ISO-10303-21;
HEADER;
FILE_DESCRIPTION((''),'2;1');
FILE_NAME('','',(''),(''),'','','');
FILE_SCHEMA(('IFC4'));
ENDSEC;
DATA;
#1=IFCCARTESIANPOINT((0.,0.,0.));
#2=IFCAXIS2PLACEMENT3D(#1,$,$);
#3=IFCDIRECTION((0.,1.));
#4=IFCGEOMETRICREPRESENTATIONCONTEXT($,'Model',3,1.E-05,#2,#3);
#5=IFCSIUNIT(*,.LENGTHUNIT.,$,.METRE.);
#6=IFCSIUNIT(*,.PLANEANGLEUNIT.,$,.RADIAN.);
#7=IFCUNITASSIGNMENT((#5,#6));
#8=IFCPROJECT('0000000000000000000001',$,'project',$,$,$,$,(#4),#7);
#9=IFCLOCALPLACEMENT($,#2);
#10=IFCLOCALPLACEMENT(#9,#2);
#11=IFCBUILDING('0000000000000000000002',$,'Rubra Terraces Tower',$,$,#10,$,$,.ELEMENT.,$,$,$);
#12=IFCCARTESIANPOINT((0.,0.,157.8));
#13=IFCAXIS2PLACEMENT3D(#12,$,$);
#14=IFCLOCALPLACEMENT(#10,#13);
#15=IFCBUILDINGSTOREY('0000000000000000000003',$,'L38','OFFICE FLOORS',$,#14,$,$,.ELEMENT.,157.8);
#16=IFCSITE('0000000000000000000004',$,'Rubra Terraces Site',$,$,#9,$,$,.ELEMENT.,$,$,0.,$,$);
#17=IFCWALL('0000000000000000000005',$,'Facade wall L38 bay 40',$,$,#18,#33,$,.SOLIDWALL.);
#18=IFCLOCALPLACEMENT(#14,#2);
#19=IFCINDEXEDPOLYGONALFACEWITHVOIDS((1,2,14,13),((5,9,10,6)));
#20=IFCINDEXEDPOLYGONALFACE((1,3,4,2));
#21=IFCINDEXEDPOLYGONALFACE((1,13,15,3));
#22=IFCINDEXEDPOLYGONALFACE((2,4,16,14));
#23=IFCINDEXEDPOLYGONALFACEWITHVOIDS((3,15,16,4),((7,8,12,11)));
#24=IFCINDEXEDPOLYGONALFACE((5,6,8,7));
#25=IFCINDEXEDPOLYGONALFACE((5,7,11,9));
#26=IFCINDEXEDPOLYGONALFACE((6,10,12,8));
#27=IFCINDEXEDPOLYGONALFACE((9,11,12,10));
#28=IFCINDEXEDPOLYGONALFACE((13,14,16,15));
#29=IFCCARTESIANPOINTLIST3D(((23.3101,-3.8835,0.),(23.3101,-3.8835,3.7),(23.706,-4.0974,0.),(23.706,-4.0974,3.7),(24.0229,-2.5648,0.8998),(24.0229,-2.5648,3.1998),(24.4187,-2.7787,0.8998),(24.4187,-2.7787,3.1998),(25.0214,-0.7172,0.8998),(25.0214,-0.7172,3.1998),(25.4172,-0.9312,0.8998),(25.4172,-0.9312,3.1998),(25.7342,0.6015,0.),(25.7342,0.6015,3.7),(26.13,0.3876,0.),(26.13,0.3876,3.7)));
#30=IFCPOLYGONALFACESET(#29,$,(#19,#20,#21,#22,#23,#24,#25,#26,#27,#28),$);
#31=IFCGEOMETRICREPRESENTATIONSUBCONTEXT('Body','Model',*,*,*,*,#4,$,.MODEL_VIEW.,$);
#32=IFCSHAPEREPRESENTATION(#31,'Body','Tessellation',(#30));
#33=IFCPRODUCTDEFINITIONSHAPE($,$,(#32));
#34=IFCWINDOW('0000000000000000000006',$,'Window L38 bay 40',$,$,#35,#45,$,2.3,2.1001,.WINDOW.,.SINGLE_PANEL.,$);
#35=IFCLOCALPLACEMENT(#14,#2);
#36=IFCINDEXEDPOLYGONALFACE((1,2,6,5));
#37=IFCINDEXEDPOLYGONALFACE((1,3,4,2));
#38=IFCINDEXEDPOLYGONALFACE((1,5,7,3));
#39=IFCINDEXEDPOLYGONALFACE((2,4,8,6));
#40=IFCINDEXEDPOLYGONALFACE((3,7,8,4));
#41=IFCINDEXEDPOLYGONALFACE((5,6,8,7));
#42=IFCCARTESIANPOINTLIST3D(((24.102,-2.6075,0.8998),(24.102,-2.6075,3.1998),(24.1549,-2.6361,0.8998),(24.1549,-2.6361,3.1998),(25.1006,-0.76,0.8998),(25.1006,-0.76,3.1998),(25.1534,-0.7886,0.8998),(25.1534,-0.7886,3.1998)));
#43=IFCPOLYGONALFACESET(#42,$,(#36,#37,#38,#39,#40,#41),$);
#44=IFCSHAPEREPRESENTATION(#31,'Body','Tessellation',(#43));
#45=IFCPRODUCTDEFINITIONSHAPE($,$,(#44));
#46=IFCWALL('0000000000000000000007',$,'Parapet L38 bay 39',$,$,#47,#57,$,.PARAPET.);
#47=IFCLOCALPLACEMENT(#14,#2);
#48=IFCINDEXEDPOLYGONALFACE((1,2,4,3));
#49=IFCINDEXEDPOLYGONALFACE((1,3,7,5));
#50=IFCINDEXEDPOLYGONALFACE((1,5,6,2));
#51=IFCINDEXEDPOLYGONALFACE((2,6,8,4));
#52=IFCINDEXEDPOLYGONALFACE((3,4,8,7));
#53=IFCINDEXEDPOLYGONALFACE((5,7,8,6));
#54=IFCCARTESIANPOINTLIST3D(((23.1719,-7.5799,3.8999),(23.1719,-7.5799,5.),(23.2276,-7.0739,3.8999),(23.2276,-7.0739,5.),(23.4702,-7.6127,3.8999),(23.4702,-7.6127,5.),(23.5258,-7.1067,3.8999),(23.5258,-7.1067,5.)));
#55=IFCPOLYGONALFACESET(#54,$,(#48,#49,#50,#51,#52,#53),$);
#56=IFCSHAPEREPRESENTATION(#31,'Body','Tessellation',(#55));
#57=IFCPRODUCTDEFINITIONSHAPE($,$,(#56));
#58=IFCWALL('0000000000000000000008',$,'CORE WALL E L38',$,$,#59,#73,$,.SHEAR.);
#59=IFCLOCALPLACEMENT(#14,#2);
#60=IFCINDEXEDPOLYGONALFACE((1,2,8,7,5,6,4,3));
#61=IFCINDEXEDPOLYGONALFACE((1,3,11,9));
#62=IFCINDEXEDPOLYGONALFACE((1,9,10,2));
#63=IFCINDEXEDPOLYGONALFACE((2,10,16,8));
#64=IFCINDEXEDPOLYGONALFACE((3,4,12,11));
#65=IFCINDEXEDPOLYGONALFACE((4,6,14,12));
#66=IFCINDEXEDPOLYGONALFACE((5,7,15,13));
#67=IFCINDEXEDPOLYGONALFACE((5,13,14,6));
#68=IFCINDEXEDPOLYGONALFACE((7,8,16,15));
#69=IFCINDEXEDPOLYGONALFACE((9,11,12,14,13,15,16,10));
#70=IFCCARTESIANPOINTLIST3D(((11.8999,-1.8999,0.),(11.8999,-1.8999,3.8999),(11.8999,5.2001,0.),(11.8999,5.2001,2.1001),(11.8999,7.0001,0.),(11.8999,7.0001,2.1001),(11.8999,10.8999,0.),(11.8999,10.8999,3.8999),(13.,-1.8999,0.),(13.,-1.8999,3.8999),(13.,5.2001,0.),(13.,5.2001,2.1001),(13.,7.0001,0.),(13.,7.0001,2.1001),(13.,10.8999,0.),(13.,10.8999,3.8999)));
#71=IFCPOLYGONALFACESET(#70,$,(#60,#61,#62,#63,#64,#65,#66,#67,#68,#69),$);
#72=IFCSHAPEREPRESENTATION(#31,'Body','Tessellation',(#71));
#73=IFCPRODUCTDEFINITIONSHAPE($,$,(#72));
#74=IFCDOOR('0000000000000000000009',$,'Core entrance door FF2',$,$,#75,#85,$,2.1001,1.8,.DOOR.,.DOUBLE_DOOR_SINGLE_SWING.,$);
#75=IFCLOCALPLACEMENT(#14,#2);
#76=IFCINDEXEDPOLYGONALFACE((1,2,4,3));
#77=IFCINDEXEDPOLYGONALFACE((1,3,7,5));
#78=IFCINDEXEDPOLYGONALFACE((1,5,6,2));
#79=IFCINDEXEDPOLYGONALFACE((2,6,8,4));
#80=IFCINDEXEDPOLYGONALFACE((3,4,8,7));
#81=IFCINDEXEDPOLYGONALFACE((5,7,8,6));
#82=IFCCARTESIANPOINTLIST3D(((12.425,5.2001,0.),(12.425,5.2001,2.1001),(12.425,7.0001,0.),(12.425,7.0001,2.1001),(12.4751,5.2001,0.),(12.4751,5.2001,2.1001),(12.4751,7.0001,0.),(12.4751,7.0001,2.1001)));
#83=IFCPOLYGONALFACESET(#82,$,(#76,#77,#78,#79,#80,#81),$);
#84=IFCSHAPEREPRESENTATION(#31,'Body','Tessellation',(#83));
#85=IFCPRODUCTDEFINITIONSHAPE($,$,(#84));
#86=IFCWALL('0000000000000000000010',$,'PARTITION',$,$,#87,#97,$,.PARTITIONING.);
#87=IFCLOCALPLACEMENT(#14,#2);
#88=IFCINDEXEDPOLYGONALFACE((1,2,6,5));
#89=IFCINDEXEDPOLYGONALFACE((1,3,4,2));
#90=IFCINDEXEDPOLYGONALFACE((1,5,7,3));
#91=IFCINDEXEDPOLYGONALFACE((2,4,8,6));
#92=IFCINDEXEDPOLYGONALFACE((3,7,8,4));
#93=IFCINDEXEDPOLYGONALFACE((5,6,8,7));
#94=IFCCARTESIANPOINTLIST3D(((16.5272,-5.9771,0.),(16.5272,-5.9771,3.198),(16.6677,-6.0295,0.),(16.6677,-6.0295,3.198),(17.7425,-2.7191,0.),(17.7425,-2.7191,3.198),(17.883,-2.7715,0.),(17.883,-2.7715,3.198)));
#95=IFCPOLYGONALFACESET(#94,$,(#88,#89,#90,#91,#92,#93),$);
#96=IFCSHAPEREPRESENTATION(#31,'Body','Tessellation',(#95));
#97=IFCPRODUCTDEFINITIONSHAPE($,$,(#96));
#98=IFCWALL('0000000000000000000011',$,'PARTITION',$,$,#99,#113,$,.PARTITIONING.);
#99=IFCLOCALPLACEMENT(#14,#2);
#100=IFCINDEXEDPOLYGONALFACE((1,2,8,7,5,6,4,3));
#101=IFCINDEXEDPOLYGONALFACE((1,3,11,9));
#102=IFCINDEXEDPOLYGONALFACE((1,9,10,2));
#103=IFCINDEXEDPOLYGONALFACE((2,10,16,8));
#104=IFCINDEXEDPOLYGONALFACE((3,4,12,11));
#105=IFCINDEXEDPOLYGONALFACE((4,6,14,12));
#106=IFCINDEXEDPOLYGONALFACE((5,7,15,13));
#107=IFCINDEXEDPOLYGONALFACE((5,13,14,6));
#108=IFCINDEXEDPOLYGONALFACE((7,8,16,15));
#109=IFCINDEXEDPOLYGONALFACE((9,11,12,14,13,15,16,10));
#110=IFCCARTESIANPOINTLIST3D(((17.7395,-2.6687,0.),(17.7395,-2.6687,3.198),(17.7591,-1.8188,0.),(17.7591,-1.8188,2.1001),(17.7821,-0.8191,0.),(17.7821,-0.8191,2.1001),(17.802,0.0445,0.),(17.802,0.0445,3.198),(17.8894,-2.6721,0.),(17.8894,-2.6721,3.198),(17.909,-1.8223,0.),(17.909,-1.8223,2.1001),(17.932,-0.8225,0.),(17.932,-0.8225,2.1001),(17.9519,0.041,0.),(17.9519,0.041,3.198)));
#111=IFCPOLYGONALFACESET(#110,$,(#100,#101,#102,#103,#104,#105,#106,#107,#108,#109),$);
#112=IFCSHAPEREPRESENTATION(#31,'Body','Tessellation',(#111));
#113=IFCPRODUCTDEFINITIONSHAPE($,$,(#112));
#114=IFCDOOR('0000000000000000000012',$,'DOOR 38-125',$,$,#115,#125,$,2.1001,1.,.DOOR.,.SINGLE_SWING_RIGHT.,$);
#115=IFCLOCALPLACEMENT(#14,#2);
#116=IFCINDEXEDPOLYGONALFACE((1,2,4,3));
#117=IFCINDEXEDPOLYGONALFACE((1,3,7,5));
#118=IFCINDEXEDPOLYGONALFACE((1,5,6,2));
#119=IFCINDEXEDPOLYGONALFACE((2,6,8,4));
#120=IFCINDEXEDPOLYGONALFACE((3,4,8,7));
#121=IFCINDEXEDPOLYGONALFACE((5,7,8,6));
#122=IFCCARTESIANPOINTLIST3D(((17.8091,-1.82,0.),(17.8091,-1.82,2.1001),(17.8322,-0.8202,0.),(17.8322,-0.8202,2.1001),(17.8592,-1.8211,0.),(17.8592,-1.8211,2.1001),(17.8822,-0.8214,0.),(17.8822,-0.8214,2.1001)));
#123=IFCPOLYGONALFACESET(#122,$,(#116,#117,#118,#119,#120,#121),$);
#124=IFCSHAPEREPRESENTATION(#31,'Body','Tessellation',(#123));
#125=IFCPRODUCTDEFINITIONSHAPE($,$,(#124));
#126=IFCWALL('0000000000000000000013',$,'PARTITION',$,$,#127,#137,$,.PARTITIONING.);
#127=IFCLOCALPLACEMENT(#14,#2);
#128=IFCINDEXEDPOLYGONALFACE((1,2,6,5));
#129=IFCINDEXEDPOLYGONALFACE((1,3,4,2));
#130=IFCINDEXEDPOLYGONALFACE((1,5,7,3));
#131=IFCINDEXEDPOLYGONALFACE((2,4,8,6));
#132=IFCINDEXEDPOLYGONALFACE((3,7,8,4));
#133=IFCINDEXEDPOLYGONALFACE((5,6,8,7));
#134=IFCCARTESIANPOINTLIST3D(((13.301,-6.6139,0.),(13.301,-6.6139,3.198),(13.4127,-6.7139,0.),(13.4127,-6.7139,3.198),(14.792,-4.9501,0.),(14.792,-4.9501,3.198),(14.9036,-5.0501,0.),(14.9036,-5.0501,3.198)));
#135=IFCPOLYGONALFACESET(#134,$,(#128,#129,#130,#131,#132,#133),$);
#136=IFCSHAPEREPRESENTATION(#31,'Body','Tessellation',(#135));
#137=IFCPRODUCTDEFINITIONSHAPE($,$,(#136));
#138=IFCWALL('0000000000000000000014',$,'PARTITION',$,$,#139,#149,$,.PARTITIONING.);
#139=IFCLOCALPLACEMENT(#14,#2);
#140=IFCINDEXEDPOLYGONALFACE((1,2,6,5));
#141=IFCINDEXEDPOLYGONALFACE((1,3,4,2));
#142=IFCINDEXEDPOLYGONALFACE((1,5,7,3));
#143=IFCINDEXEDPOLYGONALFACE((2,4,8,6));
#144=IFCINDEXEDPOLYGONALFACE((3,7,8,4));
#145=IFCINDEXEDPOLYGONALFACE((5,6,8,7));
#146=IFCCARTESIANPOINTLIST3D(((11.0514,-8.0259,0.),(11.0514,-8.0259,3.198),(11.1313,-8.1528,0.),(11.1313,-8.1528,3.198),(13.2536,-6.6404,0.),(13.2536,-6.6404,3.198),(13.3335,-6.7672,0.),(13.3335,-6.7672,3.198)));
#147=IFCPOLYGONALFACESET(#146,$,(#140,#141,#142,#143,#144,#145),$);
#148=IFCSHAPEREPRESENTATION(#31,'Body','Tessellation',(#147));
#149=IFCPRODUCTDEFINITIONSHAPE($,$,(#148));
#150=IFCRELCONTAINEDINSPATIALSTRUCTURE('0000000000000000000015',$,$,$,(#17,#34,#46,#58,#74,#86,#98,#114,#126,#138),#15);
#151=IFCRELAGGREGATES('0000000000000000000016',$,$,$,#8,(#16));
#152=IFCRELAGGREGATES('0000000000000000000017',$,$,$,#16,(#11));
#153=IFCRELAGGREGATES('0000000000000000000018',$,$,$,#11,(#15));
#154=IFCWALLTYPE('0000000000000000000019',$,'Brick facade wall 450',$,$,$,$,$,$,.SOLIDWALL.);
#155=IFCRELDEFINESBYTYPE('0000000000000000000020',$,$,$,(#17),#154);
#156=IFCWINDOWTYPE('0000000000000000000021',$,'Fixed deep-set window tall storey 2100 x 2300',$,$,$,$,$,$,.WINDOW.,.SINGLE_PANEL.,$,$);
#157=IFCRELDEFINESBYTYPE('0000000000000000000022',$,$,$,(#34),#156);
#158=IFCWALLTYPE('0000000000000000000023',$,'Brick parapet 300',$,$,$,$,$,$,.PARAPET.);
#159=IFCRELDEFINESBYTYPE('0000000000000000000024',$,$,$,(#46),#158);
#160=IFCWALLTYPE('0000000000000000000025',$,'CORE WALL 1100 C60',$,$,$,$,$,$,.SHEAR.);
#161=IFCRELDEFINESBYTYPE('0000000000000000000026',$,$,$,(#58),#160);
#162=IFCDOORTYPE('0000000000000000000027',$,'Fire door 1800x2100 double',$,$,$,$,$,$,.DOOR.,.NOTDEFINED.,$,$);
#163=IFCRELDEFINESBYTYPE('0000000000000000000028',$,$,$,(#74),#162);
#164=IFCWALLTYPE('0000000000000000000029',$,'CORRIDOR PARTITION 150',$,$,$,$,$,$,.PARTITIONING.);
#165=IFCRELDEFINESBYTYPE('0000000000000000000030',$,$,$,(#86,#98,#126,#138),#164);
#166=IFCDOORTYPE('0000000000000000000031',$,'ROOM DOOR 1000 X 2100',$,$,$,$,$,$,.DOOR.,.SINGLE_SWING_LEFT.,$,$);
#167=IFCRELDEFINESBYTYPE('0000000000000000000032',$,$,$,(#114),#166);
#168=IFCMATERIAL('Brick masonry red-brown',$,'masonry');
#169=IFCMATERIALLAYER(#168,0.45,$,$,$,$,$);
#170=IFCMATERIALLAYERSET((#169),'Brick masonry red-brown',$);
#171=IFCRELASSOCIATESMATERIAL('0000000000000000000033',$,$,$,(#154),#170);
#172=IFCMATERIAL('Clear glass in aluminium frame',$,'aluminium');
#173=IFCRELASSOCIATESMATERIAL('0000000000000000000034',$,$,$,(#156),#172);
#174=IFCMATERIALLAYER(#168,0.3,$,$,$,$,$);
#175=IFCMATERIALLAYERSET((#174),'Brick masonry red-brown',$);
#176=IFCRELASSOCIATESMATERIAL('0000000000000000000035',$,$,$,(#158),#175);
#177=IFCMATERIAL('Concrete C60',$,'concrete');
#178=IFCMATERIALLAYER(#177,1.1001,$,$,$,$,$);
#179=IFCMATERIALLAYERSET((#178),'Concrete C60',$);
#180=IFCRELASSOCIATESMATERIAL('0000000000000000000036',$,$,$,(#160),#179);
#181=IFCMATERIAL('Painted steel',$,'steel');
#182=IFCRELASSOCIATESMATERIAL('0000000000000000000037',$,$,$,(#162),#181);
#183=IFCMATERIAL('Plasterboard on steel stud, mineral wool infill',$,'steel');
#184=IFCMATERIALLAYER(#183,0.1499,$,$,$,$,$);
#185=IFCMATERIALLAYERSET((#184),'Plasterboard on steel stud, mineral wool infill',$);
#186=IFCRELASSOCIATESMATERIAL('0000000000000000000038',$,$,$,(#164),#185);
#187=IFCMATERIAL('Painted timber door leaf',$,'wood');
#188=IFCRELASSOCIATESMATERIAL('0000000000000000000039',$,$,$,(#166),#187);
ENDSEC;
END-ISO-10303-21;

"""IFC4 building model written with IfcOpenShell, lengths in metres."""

from ifc_helpers import new_model, si_unit, direction, frame, frame_2d, origin, place, context, subcontext, project, spatial, rectangle, extrude, material, layer, layer_set, type_object, element, fill, save


model = new_model("IFC4")

# Units and contexts
model_context = context("Model", 3, precision=1e-05, world=origin(), true_north=direction((0.0, 1.0)))
body_context = subcontext(model_context, "Body", "Model", "MODEL_VIEW")
ifc_project = project(units=[si_unit("LENGTHUNIT", "METRE"), si_unit("PLANEANGLEUNIT", "RADIAN")], contexts=[model_context])

# Site, building, storey
site_placement = place(None, origin())
site = spatial("IfcSite", under=ifc_project, at=site_placement, Name="Rubra Terraces Site", CompositionType="ELEMENT", RefElevation=0.0)
building_placement = place(site_placement, origin())
building = spatial("IfcBuilding", under=site, at=building_placement, Name="Rubra Terraces Tower", CompositionType="ELEMENT")
storey_placement = place(building_placement, frame((0.0, 0.0, 157.8)))
storey = spatial("IfcBuildingStorey", under=building, at=storey_placement, Name="L38", Description="OFFICE FLOORS", CompositionType="ELEMENT", Elevation=157.8)

# Wall, opening, window
ifc_material_1 = material(Name="Brick masonry red-brown", Category="masonry")
ifc_layer_1 = layer(ifc_material_1, 0.45)
ifc_layer_set_1 = layer_set([ifc_layer_1], Name="Brick masonry red-brown")
wall_type_1 = type_object("IfcWallType", Name="Brick facade wall 450", PredefinedType="SOLIDWALL", material=ifc_layer_set_1)
ifc_material_2 = material(Name="Clear glass in aluminium frame", Category="aluminium")
window_type = type_object("IfcWindowType", Name="Fixed deep-set window tall storey 2100 x 2300", PartitioningType="SINGLE_PANEL", PredefinedType="WINDOW", material=ifc_material_2)
wall_1_placement = place(storey_placement, frame((23.5081, -3.9905, 0.0), z_axis=(0.0, 0.0, 1.0), x_axis=(0.47547, 0.879732, 0.0)))
wall_1 = element("IfcWall", 1, at=wall_1_placement, inside=storey, type_object=wall_type_1, Name="Facade wall L38 bay 40", PredefinedType="SOLIDWALL", context=body_context, shape_type="SweptSolid", body=[
    extrude(rectangle(XDim=5.0981, YDim=0.45, at=frame_2d((2.5491, 0.0))), origin(), (0.0, 0.0, 1.0), 3.7),
])
opening_1_placement = place(wall_1_placement, frame((1.499, 0.0, 0.8999)))
opening_1 = element("IfcOpeningElement", 2, at=opening_1_placement, cuts=wall_1, PredefinedType="OPENING", context=body_context, shape_type="SweptSolid", body=[
    extrude(rectangle(XDim=2.1001, YDim=2.3, at=frame_2d((1.05, 1.1499))), frame((0.0, 0.2349, 0.0), z_axis=(0.0, -1.0, 0.0), x_axis=(1.0, 0.0, 0.0)), (0.0, 0.0, 1.0), 0.47),
])
window_1_placement = place(opening_1_placement, origin())
window_1 = element("IfcWindow", 3, at=window_1_placement, inside=storey, type_object=window_type, Name="Window L38 bay 40", OverallHeight=2.3, OverallWidth=2.1001, PartitioningType="SINGLE_PANEL", PredefinedType="WINDOW", context=body_context, shape_type="SweptSolid", body=[
    extrude(rectangle(XDim=2.1001, YDim=2.3, at=frame_2d((1.05, 1.1499))), frame((0.0, 0.135, 0.0), z_axis=(0.0, -1.0, 0.0), x_axis=(1.0, 0.0, 0.0)), (0.0, 0.0, 1.0), 0.0601),
])
fill(opening_1, window_1)

# Wall
ifc_layer_2 = layer(ifc_material_1, 0.3)
ifc_layer_set_2 = layer_set([ifc_layer_2], Name="Brick masonry red-brown")
wall_type_2 = type_object("IfcWallType", Name="Brick parapet 300", PredefinedType="PARAPET", material=ifc_layer_set_2)
wall_2_placement = place(storey_placement, frame((23.321, -7.5962, 3.8999), z_axis=(0.0, 0.0, 1.0), x_axis=(0.109378, 0.994, 0.0)))
element("IfcWall", 4, at=wall_2_placement, inside=storey, type_object=wall_type_2, Name="Parapet L38 bay 39", PredefinedType="PARAPET", context=body_context, shape_type="SweptSolid", body=[
    extrude(rectangle(XDim=0.509, YDim=0.3, at=frame_2d((0.2544, 0.0))), origin(), (0.0, 0.0, 1.0), 1.1001),
])

# Wall, opening, door
ifc_material_3 = material(Name="Concrete C60", Category="concrete")
ifc_layer_3 = layer(ifc_material_3, 1.1001)
ifc_layer_set_3 = layer_set([ifc_layer_3], Name="Concrete C60")
wall_type_3 = type_object("IfcWallType", Name="CORE WALL 1100 C60", PredefinedType="SHEAR", material=ifc_layer_set_3)
wall_3_placement = place(storey_placement, frame((12.45, -1.8999, 0.0), z_axis=(0.0, 0.0, 1.0), x_axis=(0.0, 1.0, 0.0)))
wall_3 = element("IfcWall", 5, at=wall_3_placement, inside=storey, type_object=wall_type_3, Name="CORE WALL E L38", PredefinedType="SHEAR", context=body_context, shape_type="SweptSolid", body=[
    extrude(rectangle(XDim=12.7998, YDim=1.1001, at=frame_2d((6.3999, 0.0))), origin(), (0.0, 0.0, 1.0), 3.8999),
])
opening_2_placement = place(wall_3_placement, frame((7.1001, 0.0, 0.0)))
opening_2 = element("IfcOpeningElement", 6, at=opening_2_placement, cuts=wall_3, PredefinedType="OPENING", context=body_context, shape_type="SweptSolid", body=[
    extrude(rectangle(XDim=1.8, YDim=2.1001, at=frame_2d((0.8999, 1.05))), frame((0.0, 0.5601, 0.0), z_axis=(0.0, -1.0, 0.0), x_axis=(1.0, 0.0, 0.0)), (0.0, 0.0, 1.0), 1.1201),
])
ifc_material_4 = material(Name="Painted steel", Category="steel")
door_type_1 = type_object("IfcDoorType", Name="Fire door 1800x2100 double", OperationType="NOTDEFINED", PredefinedType="DOOR", material=ifc_material_4)
door_1_placement = place(opening_2_placement, origin())
door_1 = element("IfcDoor", 7, at=door_1_placement, inside=storey, type_object=door_type_1, Name="Core entrance door FF2", OperationType="DOUBLE_DOOR_SINGLE_SWING", OverallHeight=2.1001, OverallWidth=1.8, PredefinedType="DOOR", context=body_context, shape_type="SweptSolid", body=[
    extrude(rectangle(XDim=1.8, YDim=2.1001, at=frame_2d((0.8999, 1.05))), frame((0.0, 0.0249, 0.0), z_axis=(0.0, -1.0, 0.0), x_axis=(1.0, 0.0, 0.0)), (0.0, 0.0, 1.0), 0.05),
])
fill(opening_2, door_1)

# Wall
ifc_material_5 = material(Name="Plasterboard on steel stud, mineral wool infill", Category="steel")
ifc_layer_4 = layer(ifc_material_5, 0.1499)
ifc_layer_set_4 = layer_set([ifc_layer_4], Name="Plasterboard on steel stud, mineral wool infill")
wall_type_4 = type_object("IfcWallType", Name="CORRIDOR PARTITION 150", PredefinedType="PARTITIONING", material=ifc_layer_set_4)
wall_4_placement = place(storey_placement, frame((16.5974, -6.0034, 0.0), z_axis=(0.0, 0.0, 1.0), x_axis=(0.349499, 0.936937, 0.0)))
element("IfcWall", 8, at=wall_4_placement, inside=storey, type_object=wall_type_4, Name="PARTITION", PredefinedType="PARTITIONING", context=body_context, shape_type="SweptSolid", body=[
    extrude(rectangle(XDim=3.4773, YDim=0.1499, at=frame_2d((1.7388, 0.0))), origin(), (0.0, 0.0, 1.0), 3.198),
])

# Wall, opening, door
wall_5_placement = place(storey_placement, frame((17.8145, -2.6704, 0.0), z_axis=(0.0, 0.0, 1.0), x_axis=(0.02303, 0.999735, 0.0)))
wall_5 = element("IfcWall", 9, at=wall_5_placement, inside=storey, type_object=wall_type_4, Name="PARTITION", PredefinedType="PARTITIONING", context=body_context, shape_type="SweptSolid", body=[
    extrude(rectangle(XDim=2.7139, YDim=0.1499, at=frame_2d((1.3569, 0.0))), origin(), (0.0, 0.0, 1.0), 3.198),
])
opening_3_placement = place(wall_5_placement, frame((0.8501, 0.0, 0.0)))
opening_3 = element("IfcOpeningElement", 10, at=opening_3_placement, cuts=wall_5, PredefinedType="OPENING", context=body_context, shape_type="SweptSolid", body=[
    extrude(rectangle(XDim=1.0, YDim=2.1001, at=frame_2d((0.5, 1.05))), frame((0.0, 0.085, 0.0), z_axis=(0.0, -1.0, 0.0), x_axis=(1.0, 0.0, 0.0)), (0.0, 0.0, 1.0), 0.1699),
])
ifc_material_6 = material(Name="Painted timber door leaf", Category="wood")
door_type_2 = type_object("IfcDoorType", Name="ROOM DOOR 1000 X 2100", OperationType="SINGLE_SWING_LEFT", PredefinedType="DOOR", material=ifc_material_6)
door_2_placement = place(opening_3_placement, origin())
door_2 = element("IfcDoor", 11, at=door_2_placement, inside=storey, type_object=door_type_2, Name="DOOR 38-125", OperationType="SINGLE_SWING_RIGHT", OverallHeight=2.1001, OverallWidth=1.0, PredefinedType="DOOR", context=body_context, shape_type="SweptSolid", body=[
    extrude(rectangle(XDim=1.0, YDim=2.1001, at=frame_2d((0.5, 1.05))), frame((0.0, 0.0249, 0.0), z_axis=(0.0, -1.0, 0.0), x_axis=(1.0, 0.0, 0.0)), (0.0, 0.0, 1.0), 0.05),
])
fill(opening_3, door_2)

# Walls
wall_6_placement = place(storey_placement, frame((14.8479, -5.0, 0.0), z_axis=(0.0, 0.0, 1.0), x_axis=(-0.667363, -0.744732, 0.0)))
element("IfcWall", 12, at=wall_6_placement, inside=storey, type_object=wall_type_4, Name="PARTITION", PredefinedType="PARTITIONING", context=body_context, shape_type="SweptSolid", body=[
    extrude(rectangle(XDim=2.2341, YDim=0.1499, at=frame_2d((1.1172, 0.0))), origin(), (0.0, 0.0, 1.0), 3.198),
])
wall_7_placement = place(storey_placement, frame((13.2935, -6.7039, 0.0), z_axis=(0.0, 0.0, 1.0), x_axis=(-0.846413, -0.532527, 0.0)))
element("IfcWall", 13, at=wall_7_placement, inside=storey, type_object=wall_type_4, Name="PARTITION", PredefinedType="PARTITIONING", context=body_context, shape_type="SweptSolid", body=[
    extrude(rectangle(XDim=2.6018, YDim=0.1499, at=frame_2d((1.3008, 0.0))), origin(), (0.0, 0.0, 1.0), 3.198),
])

save(model, "model.ifc")
